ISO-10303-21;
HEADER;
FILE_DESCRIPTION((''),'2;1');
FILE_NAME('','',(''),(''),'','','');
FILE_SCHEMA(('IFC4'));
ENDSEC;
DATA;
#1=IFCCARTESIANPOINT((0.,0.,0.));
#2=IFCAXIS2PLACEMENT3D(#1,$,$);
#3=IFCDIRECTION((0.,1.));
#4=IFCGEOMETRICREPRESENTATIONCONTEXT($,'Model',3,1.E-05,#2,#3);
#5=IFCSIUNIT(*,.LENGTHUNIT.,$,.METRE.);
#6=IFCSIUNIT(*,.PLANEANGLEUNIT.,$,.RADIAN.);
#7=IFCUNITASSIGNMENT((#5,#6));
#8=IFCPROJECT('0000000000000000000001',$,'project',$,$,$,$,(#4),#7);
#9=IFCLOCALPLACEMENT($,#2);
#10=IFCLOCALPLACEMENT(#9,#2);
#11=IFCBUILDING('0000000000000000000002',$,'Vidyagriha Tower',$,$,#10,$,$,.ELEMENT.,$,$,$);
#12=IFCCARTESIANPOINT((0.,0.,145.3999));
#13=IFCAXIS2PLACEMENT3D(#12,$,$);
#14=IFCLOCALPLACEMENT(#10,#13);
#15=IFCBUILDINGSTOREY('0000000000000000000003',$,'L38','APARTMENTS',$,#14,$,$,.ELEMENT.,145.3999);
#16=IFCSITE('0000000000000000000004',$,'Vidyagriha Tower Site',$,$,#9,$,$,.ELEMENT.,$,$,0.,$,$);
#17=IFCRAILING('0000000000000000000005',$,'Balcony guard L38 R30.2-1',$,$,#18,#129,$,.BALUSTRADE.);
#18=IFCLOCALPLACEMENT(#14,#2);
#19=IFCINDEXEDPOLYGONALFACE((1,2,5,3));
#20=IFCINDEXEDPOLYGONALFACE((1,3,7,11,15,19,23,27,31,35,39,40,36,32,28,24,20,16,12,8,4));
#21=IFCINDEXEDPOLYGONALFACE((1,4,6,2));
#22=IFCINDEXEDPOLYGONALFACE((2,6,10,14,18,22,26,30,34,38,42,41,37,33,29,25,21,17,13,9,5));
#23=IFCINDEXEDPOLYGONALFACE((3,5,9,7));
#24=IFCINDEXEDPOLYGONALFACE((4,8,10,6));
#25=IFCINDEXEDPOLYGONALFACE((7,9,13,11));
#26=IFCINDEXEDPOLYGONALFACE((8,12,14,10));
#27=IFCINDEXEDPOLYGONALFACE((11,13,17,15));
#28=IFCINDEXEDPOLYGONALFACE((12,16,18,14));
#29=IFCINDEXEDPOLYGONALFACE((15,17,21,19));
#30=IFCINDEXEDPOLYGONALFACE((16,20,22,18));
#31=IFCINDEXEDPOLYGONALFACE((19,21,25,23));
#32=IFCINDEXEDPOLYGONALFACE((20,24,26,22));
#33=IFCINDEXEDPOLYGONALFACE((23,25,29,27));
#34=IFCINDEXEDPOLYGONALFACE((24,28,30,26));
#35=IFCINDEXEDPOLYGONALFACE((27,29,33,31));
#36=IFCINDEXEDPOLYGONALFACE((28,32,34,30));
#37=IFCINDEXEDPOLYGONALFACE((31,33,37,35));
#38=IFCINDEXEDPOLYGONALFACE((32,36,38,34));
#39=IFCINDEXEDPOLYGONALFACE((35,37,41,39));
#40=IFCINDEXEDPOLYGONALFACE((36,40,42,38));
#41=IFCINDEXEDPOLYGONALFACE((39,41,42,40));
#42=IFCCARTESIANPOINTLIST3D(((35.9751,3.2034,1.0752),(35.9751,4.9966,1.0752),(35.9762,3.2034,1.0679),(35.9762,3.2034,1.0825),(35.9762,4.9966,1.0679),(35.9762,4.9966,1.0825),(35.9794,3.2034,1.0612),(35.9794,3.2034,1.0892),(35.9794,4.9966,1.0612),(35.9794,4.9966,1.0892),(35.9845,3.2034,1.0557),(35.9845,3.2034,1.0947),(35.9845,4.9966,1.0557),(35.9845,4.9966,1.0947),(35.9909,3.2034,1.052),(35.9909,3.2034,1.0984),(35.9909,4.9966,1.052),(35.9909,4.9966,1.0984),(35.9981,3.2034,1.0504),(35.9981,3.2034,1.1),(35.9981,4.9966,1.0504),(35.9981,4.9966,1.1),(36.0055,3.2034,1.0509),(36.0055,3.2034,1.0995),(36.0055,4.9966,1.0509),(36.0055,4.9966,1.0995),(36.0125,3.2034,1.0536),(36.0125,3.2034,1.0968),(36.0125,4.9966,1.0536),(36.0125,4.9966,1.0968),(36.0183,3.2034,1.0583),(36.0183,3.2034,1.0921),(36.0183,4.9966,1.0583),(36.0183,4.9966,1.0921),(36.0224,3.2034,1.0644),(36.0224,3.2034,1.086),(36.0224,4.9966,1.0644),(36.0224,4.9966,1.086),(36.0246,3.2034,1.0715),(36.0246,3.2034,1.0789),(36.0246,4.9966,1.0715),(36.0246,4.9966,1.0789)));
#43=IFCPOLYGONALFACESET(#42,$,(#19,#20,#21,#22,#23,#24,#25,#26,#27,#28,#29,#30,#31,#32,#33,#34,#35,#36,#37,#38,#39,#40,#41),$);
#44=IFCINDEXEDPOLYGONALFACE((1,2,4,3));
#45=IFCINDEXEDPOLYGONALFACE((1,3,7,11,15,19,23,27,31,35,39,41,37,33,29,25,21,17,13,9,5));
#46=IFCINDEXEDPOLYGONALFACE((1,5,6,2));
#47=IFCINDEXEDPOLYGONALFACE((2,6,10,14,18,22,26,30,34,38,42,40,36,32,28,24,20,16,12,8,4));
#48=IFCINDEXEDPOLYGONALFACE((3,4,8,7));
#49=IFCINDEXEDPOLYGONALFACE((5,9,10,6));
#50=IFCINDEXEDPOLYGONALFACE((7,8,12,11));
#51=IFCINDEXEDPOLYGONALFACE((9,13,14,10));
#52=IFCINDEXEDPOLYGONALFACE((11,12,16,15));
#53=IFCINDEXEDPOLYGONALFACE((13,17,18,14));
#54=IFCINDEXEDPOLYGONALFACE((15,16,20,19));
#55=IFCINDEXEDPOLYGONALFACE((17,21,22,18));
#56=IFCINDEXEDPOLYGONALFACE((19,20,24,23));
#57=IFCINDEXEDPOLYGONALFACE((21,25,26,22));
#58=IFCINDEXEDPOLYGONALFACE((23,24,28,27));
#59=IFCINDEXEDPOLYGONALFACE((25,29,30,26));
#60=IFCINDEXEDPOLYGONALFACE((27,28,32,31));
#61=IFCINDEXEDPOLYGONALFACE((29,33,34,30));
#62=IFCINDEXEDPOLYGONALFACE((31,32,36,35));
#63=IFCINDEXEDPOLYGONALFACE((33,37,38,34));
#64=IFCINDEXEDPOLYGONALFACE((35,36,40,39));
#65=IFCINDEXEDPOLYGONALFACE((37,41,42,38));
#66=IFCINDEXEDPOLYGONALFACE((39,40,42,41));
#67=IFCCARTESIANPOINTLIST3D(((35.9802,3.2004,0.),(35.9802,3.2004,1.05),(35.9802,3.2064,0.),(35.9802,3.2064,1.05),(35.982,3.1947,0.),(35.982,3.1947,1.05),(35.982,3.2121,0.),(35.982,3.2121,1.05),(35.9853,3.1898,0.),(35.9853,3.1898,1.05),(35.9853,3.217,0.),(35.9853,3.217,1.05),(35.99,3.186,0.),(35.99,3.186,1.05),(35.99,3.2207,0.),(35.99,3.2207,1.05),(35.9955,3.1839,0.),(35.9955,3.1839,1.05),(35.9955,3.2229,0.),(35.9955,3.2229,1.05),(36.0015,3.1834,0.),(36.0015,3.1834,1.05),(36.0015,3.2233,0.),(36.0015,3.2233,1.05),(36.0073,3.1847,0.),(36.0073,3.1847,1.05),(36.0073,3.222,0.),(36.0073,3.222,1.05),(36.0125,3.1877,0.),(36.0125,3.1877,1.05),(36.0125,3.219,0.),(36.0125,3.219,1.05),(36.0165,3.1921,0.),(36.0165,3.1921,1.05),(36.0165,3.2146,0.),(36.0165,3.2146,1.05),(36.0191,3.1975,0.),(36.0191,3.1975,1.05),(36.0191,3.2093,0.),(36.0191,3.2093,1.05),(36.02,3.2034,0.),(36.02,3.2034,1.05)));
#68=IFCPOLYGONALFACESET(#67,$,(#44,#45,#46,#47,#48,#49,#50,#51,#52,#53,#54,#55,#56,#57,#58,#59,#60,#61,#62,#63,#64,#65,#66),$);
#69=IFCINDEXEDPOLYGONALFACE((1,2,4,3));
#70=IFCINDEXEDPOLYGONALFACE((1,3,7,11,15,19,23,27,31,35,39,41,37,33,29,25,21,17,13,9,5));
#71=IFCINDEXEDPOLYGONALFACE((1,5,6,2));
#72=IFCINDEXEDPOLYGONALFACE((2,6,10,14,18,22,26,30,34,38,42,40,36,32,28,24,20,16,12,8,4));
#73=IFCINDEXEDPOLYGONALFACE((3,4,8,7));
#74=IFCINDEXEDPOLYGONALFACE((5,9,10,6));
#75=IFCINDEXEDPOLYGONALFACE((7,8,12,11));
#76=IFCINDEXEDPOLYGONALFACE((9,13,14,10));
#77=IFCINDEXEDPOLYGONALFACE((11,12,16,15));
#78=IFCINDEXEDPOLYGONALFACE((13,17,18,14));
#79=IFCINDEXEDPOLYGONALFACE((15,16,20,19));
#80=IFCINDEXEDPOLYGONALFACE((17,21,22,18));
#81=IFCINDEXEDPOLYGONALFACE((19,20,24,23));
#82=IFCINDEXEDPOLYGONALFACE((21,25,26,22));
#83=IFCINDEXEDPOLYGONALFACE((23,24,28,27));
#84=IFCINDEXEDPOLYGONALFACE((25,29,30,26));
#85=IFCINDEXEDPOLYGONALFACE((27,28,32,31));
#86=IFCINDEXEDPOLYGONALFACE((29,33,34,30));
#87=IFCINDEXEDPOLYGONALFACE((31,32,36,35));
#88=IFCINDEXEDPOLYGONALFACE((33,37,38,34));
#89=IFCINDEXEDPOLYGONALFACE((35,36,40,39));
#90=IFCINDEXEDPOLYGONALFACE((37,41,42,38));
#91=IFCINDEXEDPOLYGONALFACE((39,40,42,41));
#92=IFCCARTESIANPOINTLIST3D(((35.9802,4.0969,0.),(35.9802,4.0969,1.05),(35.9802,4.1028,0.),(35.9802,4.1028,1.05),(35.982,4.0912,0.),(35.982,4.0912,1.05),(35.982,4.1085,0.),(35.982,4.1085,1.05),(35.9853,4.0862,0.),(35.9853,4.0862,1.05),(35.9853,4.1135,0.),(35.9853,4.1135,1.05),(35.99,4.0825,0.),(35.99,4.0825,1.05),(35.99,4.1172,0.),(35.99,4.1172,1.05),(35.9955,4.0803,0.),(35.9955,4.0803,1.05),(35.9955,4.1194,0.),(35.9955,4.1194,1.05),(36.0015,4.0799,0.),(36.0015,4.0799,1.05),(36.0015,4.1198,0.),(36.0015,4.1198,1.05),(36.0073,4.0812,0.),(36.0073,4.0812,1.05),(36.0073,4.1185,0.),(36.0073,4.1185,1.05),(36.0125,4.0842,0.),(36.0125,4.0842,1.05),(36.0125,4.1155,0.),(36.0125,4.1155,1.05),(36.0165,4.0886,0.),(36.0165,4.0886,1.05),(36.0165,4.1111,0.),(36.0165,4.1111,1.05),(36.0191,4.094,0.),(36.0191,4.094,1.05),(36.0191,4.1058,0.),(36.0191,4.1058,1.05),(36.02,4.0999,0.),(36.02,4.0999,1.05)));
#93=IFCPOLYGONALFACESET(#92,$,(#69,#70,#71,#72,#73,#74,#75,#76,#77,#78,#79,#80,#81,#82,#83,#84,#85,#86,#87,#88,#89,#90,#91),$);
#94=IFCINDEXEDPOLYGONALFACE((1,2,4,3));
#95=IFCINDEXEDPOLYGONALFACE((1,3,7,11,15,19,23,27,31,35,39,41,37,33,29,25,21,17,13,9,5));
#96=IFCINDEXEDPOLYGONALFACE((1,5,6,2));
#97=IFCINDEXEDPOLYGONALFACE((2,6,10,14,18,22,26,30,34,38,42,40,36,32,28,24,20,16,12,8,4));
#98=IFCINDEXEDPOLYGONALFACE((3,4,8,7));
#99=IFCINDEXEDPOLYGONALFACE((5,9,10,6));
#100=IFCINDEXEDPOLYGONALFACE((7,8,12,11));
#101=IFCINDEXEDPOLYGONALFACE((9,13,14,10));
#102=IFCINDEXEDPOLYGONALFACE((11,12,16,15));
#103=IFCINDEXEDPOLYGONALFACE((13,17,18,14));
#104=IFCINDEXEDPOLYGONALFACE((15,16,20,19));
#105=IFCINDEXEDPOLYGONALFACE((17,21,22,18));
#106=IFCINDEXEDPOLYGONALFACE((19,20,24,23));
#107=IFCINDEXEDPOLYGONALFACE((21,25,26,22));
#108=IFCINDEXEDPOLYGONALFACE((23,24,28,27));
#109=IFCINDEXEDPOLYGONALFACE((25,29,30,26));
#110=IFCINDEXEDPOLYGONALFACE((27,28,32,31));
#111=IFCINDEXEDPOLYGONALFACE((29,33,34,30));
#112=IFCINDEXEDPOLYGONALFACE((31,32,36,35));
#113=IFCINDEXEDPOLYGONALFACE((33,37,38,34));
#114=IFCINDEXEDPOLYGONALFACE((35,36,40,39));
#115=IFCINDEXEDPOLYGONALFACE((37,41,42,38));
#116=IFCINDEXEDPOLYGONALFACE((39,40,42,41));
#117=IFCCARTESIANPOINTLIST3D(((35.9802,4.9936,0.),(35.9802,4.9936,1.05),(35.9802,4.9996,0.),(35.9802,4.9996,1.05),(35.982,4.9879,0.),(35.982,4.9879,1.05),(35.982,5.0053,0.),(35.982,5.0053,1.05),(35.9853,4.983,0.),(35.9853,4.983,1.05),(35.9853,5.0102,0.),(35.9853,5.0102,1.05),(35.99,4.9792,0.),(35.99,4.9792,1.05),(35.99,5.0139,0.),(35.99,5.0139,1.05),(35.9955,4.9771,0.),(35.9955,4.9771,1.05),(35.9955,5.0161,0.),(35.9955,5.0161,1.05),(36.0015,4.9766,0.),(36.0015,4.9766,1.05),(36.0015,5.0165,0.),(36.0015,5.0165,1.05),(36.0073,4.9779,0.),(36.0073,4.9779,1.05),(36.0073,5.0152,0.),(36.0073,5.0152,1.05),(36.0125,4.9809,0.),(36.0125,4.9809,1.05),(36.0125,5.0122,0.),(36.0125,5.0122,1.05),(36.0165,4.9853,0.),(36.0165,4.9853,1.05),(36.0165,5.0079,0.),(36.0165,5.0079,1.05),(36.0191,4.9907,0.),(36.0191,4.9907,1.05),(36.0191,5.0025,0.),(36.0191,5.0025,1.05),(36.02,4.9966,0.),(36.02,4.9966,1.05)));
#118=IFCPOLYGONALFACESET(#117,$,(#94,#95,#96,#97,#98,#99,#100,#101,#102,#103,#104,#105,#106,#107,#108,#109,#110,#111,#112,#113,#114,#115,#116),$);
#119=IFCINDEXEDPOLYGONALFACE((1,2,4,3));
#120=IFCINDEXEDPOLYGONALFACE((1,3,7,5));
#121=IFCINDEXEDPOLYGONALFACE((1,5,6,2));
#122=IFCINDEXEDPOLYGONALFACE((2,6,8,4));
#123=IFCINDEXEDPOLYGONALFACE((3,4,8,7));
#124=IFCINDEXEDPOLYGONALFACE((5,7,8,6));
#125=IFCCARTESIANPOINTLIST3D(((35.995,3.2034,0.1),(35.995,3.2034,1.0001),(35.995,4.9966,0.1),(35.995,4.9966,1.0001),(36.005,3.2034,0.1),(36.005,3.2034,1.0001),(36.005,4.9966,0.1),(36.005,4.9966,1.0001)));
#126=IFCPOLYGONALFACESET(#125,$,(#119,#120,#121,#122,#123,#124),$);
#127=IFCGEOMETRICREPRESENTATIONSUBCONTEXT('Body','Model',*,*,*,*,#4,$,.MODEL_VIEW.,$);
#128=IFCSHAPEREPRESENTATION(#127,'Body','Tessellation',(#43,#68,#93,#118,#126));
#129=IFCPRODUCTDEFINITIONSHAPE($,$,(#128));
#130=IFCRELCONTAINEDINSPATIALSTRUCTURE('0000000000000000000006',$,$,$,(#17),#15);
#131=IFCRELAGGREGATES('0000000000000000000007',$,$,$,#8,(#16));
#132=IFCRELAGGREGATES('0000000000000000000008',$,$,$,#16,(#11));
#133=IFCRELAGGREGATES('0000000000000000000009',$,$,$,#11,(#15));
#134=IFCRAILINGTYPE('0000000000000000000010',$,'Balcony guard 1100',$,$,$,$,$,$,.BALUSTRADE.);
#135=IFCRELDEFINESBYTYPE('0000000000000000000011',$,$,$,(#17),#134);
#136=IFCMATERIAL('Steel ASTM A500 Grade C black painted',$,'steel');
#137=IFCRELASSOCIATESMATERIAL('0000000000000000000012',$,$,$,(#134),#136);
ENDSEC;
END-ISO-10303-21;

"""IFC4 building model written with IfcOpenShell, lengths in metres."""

from ifc_helpers import new_model, si_unit, direction, frame, origin, origin_2d, place, context, subcontext, project, spatial, rectangle, circle, extrude, material, type_object, element, save


model = new_model("IFC4")

# Units and contexts
model_context = context("Model", 3, precision=1e-05, world=origin(), true_north=direction((0.0, 1.0)))
body_context = subcontext(model_context, "Body", "Model", "MODEL_VIEW")
ifc_project = project(units=[si_unit("LENGTHUNIT", "METRE"), si_unit("PLANEANGLEUNIT", "RADIAN")], contexts=[model_context])

# Site, building, storey
site_placement = place(None, origin())
site = spatial("IfcSite", under=ifc_project, at=site_placement, Name="Vidyagriha Tower Site", CompositionType="ELEMENT", RefElevation=0.0)
building_placement = place(site_placement, origin())
building = spatial("IfcBuilding", under=site, at=building_placement, Name="Vidyagriha Tower", CompositionType="ELEMENT")
storey_placement = place(building_placement, frame((0.0, 0.0, 145.3999)))
storey = spatial("IfcBuildingStorey", under=building, at=storey_placement, Name="L38", Description="APARTMENTS", CompositionType="ELEMENT", Elevation=145.3999)

# Railing
ifc_material_1 = material(Name="Steel ASTM A500 Grade C black painted", Category="steel")
railing_type_1 = type_object("IfcRailingType", Name="Balcony guard 1100", PredefinedType="BALUSTRADE", material=ifc_material_1)
railing_1_placement = place(storey_placement, frame((36.0, 3.2034, 0.0)))
element("IfcRailing", 1, at=railing_1_placement, inside=storey, type_object=railing_type_1, Name="Balcony guard L38 R30.2-1", PredefinedType="BALUSTRADE", context=body_context, shape_type="SweptSolid", body=[
    extrude(circle(Radius=0.0249, at=origin_2d()), frame((0.0, 0.0, 1.0752), z_axis=(0.0, 1.0, 0.0), x_axis=(-1.0, 0.0, 0.0)), (0.0, 0.0, 1.0), 1.7932),
    extrude(circle(Radius=0.02, at=origin_2d()), origin(), (0.0, 0.0, 1.0), 1.05),
    extrude(circle(Radius=0.02, at=origin_2d()), frame((0.0, 0.8965, 0.0)), (0.0, 0.0, 1.0), 1.05),
    extrude(circle(Radius=0.02, at=origin_2d()), frame((0.0, 1.7932, 0.0)), (0.0, 0.0, 1.0), 1.05),
    extrude(rectangle(XDim=0.01, YDim=0.9001, at=origin_2d()), frame((0.0, 0.0, 0.55), z_axis=(0.0, 1.0, 0.0), x_axis=(-1.0, 0.0, 0.0)), (0.0, 0.0, 1.0), 1.7932),
])

save(model, "model.ifc")
